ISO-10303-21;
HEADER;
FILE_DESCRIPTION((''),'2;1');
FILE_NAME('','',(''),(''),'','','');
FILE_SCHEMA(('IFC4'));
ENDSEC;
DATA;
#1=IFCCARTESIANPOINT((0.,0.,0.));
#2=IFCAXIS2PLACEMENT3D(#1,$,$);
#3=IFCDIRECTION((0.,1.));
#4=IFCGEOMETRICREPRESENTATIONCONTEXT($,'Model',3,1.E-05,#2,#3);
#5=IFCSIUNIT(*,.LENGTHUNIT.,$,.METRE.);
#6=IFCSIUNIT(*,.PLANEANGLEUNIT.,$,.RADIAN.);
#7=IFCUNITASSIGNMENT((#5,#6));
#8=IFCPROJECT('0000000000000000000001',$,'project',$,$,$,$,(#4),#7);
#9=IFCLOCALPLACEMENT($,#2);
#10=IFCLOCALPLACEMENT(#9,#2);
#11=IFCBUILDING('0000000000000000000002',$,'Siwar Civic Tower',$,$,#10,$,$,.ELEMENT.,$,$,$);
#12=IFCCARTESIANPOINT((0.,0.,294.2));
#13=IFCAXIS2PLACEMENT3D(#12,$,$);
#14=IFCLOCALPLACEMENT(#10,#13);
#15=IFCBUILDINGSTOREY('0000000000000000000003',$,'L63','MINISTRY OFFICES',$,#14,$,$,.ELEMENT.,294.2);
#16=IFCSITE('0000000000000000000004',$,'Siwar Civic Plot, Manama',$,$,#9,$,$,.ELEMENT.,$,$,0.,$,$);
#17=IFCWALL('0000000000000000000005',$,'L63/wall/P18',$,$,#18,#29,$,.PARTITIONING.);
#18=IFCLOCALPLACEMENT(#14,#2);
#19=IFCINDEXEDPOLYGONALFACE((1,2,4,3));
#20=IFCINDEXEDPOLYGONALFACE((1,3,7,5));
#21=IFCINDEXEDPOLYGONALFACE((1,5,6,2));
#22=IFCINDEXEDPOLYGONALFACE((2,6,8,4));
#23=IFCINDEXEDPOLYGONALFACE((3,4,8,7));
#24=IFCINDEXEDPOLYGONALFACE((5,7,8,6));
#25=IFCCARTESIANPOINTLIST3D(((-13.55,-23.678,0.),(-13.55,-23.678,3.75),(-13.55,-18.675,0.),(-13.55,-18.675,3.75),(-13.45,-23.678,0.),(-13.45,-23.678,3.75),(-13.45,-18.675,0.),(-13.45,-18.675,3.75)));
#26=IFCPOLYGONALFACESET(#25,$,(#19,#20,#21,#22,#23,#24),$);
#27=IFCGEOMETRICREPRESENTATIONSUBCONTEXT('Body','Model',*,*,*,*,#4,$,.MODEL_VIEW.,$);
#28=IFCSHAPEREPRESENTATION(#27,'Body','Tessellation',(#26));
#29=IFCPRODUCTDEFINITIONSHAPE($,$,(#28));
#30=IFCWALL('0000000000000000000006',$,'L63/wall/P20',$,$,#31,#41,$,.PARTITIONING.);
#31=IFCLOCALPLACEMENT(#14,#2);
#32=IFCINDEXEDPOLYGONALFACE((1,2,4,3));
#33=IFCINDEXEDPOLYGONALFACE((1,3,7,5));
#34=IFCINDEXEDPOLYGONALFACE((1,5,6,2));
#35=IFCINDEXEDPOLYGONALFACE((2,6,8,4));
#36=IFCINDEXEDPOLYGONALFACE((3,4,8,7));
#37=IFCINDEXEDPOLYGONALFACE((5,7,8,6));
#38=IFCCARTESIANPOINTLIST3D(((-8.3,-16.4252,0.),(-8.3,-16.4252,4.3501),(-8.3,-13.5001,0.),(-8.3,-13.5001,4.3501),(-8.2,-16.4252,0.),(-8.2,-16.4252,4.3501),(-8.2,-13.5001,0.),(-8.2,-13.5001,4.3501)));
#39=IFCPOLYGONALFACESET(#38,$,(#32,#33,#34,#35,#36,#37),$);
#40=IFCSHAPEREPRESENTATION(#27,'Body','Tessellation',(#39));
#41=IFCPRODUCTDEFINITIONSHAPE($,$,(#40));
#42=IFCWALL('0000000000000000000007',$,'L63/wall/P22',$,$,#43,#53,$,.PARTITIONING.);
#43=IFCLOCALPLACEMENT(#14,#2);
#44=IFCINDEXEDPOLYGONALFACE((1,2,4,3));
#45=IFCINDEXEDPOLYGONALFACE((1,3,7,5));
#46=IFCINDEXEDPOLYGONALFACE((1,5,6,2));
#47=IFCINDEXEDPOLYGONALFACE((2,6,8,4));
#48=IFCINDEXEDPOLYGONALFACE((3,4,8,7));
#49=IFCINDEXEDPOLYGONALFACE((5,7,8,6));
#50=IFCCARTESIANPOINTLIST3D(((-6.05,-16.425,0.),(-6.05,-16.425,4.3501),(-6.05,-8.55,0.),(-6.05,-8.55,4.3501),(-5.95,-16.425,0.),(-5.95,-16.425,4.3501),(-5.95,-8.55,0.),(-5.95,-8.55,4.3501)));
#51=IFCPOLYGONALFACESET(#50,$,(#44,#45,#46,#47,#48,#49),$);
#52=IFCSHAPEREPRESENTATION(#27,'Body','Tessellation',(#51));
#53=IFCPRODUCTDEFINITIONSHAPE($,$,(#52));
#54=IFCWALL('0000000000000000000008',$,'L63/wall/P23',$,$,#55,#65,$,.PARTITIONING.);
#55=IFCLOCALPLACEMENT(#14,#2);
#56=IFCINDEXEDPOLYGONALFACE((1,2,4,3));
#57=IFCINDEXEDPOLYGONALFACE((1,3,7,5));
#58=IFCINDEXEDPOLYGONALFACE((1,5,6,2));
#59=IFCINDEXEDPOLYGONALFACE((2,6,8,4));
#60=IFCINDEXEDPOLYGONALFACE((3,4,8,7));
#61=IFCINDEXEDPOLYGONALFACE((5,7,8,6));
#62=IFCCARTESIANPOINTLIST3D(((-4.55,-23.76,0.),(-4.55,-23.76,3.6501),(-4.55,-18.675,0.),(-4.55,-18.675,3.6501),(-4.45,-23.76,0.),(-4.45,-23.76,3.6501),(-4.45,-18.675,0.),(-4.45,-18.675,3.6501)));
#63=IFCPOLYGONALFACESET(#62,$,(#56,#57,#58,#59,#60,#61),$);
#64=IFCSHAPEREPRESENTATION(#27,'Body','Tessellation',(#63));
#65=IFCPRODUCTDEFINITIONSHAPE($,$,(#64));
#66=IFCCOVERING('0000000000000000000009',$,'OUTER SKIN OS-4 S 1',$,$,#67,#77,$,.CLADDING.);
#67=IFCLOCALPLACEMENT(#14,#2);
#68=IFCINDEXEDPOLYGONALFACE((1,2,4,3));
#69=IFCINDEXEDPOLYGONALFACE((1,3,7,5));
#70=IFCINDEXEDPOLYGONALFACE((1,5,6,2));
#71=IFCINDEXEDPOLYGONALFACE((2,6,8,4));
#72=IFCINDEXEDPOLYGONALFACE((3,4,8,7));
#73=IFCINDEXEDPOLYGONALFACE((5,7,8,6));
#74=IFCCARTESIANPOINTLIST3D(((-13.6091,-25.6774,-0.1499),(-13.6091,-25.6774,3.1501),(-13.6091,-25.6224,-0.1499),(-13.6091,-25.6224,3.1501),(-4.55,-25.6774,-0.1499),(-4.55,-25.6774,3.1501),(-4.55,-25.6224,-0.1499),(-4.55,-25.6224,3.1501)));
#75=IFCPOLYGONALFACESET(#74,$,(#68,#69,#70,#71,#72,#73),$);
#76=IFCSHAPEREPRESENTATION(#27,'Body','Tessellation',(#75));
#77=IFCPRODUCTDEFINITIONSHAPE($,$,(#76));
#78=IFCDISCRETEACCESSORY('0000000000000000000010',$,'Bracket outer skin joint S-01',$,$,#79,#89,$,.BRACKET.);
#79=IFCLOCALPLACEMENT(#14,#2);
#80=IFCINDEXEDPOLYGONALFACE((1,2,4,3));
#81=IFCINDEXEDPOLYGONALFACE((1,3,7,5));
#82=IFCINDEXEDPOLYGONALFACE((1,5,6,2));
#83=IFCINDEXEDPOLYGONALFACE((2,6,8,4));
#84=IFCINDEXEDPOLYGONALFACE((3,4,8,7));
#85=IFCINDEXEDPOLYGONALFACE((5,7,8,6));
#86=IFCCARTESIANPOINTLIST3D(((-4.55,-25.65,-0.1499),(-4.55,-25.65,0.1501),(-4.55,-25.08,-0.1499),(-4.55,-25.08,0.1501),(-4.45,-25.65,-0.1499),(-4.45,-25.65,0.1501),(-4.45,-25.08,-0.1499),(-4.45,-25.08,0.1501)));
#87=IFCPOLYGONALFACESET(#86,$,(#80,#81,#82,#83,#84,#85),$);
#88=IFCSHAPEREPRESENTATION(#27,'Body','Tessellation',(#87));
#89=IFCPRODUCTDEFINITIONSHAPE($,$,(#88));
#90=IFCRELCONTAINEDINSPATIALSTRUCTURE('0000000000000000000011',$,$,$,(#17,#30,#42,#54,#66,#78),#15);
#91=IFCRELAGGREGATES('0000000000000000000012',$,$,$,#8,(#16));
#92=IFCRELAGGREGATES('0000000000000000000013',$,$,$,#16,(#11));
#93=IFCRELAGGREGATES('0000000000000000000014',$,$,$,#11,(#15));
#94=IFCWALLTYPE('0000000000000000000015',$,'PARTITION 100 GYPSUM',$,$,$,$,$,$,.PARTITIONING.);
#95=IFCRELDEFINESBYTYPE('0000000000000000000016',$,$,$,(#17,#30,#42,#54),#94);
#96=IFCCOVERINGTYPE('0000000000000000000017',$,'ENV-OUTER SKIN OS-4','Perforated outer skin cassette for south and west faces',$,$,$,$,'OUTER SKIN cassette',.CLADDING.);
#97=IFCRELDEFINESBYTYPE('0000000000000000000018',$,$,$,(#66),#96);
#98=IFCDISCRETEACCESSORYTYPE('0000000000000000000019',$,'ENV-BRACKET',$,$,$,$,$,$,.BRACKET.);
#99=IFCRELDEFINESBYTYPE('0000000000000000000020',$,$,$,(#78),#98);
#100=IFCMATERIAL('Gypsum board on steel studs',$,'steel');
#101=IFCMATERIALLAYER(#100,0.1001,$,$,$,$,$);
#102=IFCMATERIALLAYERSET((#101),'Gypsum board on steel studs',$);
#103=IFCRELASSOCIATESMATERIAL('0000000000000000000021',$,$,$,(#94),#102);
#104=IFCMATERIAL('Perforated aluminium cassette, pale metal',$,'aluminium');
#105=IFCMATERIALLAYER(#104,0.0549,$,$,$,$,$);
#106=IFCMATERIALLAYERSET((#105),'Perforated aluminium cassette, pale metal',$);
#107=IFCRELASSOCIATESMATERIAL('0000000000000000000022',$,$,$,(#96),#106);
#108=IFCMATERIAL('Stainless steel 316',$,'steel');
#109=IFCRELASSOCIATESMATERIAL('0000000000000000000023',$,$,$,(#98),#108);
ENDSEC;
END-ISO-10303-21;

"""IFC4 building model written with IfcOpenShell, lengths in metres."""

from ifc_helpers import new_model, si_unit, direction, frame, frame_2d, origin, origin_2d, place, context, subcontext, project, spatial, rectangle, extrude, material, layer, layer_set, type_object, element, save


model = new_model("IFC4")

# Units and contexts
model_context = context("Model", 3, precision=1e-05, world=origin(), true_north=direction((0.0, 1.0)))
body_context = subcontext(model_context, "Body", "Model", "MODEL_VIEW")
ifc_project = project(units=[si_unit("LENGTHUNIT", "METRE"), si_unit("PLANEANGLEUNIT", "RADIAN")], contexts=[model_context])

# Site, building, storey
site_placement = place(None, origin())
site = spatial("IfcSite", under=ifc_project, at=site_placement, Name="Siwar Civic Plot, Manama", CompositionType="ELEMENT", RefElevation=0.0)
building_placement = place(site_placement, origin())
building = spatial("IfcBuilding", under=site, at=building_placement, Name="Siwar Civic Tower", CompositionType="ELEMENT")
storey_placement = place(building_placement, frame((0.0, 0.0, 294.2)))
storey = spatial("IfcBuildingStorey", under=building, at=storey_placement, Name="L63", Description="MINISTRY OFFICES", CompositionType="ELEMENT", Elevation=294.2)

# Walls
ifc_material_1 = material(Name="Gypsum board on steel studs", Category="steel")
ifc_layer_1 = layer(ifc_material_1, 0.1001)
ifc_layer_set_1 = layer_set([ifc_layer_1], Name="Gypsum board on steel studs")
wall_type = type_object("IfcWallType", Name="PARTITION 100 GYPSUM", PredefinedType="PARTITIONING", material=ifc_layer_set_1)
wall_1_placement = place(storey_placement, frame((-13.5, -23.678, 0.0), z_axis=(0.0, 0.0, 1.0), x_axis=(0.0, 1.0, 0.0)))
element("IfcWall", 1, at=wall_1_placement, inside=storey, type_object=wall_type, Name="L63/wall/P18", PredefinedType="PARTITIONING", context=body_context, shape_type="SweptSolid", body=[
    extrude(rectangle(XDim=5.0029, YDim=0.1001, at=frame_2d((2.5015, 0.0))), origin(), (0.0, 0.0, 1.0), 3.75),
])
wall_2_placement = place(storey_placement, frame((-8.25, -16.425, 0.0), z_axis=(0.0, 0.0, 1.0), x_axis=(0.0, 1.0, 0.0)))
element("IfcWall", 2, at=wall_2_placement, inside=storey, type_object=wall_type, Name="L63/wall/P20", PredefinedType="PARTITIONING", context=body_context, shape_type="SweptSolid", body=[
    extrude(rectangle(XDim=2.925, YDim=0.1001, at=frame_2d((1.4624, 0.0))), origin(), (0.0, 0.0, 1.0), 4.3501),
])
wall_3_placement = place(storey_placement, frame((-6.0, -16.425, 0.0), z_axis=(0.0, 0.0, 1.0), x_axis=(0.0, 1.0, 0.0)))
element("IfcWall", 3, at=wall_3_placement, inside=storey, type_object=wall_type, Name="L63/wall/P22", PredefinedType="PARTITIONING", context=body_context, shape_type="SweptSolid", body=[
    extrude(rectangle(XDim=7.875, YDim=0.1001, at=frame_2d((3.9375, 0.0))), origin(), (0.0, 0.0, 1.0), 4.3501),
])
wall_4_placement = place(storey_placement, frame((-4.5, -23.76, 0.0), z_axis=(0.0, 0.0, 1.0), x_axis=(0.0, 1.0, 0.0)))
element("IfcWall", 4, at=wall_4_placement, inside=storey, type_object=wall_type, Name="L63/wall/P23", PredefinedType="PARTITIONING", context=body_context, shape_type="SweptSolid", body=[
    extrude(rectangle(XDim=5.085, YDim=0.1001, at=frame_2d((2.5425, 0.0))), origin(), (0.0, 0.0, 1.0), 3.6501),
])

# Covering
ifc_material_2 = material(Name="Perforated aluminium cassette, pale metal", Category="aluminium")
ifc_layer_2 = layer(ifc_material_2, 0.0549)
ifc_layer_set_2 = layer_set([ifc_layer_2], Name="Perforated aluminium cassette, pale metal")
covering_type = type_object("IfcCoveringType", Name="ENV-OUTER SKIN OS-4", Description="Perforated outer skin cassette for south and west faces", ElementType="OUTER SKIN cassette", PredefinedType="CLADDING", material=ifc_layer_set_2)
covering_placement = place(storey_placement, frame((-9.0796, -25.6499, -0.1499), z_axis=(0.0, 0.0, 1.0), x_axis=(1.0, 0.0, 0.0)))
element("IfcCovering", 5, at=covering_placement, inside=storey, type_object=covering_type, Name="OUTER SKIN OS-4 S 1", PredefinedType="CLADDING", context=body_context, shape_type="SweptSolid", body=[
    extrude(rectangle(XDim=9.0591, YDim=0.0549, at=origin_2d()), origin(), (0.0, 0.0, 1.0), 3.3),
])

# Discrete accessory
ifc_material_3 = material(Name="Stainless steel 316", Category="steel")
discrete_accessory_type = type_object("IfcDiscreteAccessoryType", Name="ENV-BRACKET", PredefinedType="BRACKET", material=ifc_material_3)
discrete_accessory_placement = place(storey_placement, frame((-4.5, -25.365, -0.1499), z_axis=(0.0, 0.0, 1.0), x_axis=(0.0, -1.0, 0.0)))
element("IfcDiscreteAccessory", 6, at=discrete_accessory_placement, inside=storey, type_object=discrete_accessory_type, Name="Bracket outer skin joint S-01", PredefinedType="BRACKET", context=body_context, shape_type="SweptSolid", body=[
    extrude(rectangle(XDim=0.5701, YDim=0.1001, at=origin_2d()), origin(), (0.0, 0.0, 1.0), 0.3),
])

save(model, "model.ifc")
